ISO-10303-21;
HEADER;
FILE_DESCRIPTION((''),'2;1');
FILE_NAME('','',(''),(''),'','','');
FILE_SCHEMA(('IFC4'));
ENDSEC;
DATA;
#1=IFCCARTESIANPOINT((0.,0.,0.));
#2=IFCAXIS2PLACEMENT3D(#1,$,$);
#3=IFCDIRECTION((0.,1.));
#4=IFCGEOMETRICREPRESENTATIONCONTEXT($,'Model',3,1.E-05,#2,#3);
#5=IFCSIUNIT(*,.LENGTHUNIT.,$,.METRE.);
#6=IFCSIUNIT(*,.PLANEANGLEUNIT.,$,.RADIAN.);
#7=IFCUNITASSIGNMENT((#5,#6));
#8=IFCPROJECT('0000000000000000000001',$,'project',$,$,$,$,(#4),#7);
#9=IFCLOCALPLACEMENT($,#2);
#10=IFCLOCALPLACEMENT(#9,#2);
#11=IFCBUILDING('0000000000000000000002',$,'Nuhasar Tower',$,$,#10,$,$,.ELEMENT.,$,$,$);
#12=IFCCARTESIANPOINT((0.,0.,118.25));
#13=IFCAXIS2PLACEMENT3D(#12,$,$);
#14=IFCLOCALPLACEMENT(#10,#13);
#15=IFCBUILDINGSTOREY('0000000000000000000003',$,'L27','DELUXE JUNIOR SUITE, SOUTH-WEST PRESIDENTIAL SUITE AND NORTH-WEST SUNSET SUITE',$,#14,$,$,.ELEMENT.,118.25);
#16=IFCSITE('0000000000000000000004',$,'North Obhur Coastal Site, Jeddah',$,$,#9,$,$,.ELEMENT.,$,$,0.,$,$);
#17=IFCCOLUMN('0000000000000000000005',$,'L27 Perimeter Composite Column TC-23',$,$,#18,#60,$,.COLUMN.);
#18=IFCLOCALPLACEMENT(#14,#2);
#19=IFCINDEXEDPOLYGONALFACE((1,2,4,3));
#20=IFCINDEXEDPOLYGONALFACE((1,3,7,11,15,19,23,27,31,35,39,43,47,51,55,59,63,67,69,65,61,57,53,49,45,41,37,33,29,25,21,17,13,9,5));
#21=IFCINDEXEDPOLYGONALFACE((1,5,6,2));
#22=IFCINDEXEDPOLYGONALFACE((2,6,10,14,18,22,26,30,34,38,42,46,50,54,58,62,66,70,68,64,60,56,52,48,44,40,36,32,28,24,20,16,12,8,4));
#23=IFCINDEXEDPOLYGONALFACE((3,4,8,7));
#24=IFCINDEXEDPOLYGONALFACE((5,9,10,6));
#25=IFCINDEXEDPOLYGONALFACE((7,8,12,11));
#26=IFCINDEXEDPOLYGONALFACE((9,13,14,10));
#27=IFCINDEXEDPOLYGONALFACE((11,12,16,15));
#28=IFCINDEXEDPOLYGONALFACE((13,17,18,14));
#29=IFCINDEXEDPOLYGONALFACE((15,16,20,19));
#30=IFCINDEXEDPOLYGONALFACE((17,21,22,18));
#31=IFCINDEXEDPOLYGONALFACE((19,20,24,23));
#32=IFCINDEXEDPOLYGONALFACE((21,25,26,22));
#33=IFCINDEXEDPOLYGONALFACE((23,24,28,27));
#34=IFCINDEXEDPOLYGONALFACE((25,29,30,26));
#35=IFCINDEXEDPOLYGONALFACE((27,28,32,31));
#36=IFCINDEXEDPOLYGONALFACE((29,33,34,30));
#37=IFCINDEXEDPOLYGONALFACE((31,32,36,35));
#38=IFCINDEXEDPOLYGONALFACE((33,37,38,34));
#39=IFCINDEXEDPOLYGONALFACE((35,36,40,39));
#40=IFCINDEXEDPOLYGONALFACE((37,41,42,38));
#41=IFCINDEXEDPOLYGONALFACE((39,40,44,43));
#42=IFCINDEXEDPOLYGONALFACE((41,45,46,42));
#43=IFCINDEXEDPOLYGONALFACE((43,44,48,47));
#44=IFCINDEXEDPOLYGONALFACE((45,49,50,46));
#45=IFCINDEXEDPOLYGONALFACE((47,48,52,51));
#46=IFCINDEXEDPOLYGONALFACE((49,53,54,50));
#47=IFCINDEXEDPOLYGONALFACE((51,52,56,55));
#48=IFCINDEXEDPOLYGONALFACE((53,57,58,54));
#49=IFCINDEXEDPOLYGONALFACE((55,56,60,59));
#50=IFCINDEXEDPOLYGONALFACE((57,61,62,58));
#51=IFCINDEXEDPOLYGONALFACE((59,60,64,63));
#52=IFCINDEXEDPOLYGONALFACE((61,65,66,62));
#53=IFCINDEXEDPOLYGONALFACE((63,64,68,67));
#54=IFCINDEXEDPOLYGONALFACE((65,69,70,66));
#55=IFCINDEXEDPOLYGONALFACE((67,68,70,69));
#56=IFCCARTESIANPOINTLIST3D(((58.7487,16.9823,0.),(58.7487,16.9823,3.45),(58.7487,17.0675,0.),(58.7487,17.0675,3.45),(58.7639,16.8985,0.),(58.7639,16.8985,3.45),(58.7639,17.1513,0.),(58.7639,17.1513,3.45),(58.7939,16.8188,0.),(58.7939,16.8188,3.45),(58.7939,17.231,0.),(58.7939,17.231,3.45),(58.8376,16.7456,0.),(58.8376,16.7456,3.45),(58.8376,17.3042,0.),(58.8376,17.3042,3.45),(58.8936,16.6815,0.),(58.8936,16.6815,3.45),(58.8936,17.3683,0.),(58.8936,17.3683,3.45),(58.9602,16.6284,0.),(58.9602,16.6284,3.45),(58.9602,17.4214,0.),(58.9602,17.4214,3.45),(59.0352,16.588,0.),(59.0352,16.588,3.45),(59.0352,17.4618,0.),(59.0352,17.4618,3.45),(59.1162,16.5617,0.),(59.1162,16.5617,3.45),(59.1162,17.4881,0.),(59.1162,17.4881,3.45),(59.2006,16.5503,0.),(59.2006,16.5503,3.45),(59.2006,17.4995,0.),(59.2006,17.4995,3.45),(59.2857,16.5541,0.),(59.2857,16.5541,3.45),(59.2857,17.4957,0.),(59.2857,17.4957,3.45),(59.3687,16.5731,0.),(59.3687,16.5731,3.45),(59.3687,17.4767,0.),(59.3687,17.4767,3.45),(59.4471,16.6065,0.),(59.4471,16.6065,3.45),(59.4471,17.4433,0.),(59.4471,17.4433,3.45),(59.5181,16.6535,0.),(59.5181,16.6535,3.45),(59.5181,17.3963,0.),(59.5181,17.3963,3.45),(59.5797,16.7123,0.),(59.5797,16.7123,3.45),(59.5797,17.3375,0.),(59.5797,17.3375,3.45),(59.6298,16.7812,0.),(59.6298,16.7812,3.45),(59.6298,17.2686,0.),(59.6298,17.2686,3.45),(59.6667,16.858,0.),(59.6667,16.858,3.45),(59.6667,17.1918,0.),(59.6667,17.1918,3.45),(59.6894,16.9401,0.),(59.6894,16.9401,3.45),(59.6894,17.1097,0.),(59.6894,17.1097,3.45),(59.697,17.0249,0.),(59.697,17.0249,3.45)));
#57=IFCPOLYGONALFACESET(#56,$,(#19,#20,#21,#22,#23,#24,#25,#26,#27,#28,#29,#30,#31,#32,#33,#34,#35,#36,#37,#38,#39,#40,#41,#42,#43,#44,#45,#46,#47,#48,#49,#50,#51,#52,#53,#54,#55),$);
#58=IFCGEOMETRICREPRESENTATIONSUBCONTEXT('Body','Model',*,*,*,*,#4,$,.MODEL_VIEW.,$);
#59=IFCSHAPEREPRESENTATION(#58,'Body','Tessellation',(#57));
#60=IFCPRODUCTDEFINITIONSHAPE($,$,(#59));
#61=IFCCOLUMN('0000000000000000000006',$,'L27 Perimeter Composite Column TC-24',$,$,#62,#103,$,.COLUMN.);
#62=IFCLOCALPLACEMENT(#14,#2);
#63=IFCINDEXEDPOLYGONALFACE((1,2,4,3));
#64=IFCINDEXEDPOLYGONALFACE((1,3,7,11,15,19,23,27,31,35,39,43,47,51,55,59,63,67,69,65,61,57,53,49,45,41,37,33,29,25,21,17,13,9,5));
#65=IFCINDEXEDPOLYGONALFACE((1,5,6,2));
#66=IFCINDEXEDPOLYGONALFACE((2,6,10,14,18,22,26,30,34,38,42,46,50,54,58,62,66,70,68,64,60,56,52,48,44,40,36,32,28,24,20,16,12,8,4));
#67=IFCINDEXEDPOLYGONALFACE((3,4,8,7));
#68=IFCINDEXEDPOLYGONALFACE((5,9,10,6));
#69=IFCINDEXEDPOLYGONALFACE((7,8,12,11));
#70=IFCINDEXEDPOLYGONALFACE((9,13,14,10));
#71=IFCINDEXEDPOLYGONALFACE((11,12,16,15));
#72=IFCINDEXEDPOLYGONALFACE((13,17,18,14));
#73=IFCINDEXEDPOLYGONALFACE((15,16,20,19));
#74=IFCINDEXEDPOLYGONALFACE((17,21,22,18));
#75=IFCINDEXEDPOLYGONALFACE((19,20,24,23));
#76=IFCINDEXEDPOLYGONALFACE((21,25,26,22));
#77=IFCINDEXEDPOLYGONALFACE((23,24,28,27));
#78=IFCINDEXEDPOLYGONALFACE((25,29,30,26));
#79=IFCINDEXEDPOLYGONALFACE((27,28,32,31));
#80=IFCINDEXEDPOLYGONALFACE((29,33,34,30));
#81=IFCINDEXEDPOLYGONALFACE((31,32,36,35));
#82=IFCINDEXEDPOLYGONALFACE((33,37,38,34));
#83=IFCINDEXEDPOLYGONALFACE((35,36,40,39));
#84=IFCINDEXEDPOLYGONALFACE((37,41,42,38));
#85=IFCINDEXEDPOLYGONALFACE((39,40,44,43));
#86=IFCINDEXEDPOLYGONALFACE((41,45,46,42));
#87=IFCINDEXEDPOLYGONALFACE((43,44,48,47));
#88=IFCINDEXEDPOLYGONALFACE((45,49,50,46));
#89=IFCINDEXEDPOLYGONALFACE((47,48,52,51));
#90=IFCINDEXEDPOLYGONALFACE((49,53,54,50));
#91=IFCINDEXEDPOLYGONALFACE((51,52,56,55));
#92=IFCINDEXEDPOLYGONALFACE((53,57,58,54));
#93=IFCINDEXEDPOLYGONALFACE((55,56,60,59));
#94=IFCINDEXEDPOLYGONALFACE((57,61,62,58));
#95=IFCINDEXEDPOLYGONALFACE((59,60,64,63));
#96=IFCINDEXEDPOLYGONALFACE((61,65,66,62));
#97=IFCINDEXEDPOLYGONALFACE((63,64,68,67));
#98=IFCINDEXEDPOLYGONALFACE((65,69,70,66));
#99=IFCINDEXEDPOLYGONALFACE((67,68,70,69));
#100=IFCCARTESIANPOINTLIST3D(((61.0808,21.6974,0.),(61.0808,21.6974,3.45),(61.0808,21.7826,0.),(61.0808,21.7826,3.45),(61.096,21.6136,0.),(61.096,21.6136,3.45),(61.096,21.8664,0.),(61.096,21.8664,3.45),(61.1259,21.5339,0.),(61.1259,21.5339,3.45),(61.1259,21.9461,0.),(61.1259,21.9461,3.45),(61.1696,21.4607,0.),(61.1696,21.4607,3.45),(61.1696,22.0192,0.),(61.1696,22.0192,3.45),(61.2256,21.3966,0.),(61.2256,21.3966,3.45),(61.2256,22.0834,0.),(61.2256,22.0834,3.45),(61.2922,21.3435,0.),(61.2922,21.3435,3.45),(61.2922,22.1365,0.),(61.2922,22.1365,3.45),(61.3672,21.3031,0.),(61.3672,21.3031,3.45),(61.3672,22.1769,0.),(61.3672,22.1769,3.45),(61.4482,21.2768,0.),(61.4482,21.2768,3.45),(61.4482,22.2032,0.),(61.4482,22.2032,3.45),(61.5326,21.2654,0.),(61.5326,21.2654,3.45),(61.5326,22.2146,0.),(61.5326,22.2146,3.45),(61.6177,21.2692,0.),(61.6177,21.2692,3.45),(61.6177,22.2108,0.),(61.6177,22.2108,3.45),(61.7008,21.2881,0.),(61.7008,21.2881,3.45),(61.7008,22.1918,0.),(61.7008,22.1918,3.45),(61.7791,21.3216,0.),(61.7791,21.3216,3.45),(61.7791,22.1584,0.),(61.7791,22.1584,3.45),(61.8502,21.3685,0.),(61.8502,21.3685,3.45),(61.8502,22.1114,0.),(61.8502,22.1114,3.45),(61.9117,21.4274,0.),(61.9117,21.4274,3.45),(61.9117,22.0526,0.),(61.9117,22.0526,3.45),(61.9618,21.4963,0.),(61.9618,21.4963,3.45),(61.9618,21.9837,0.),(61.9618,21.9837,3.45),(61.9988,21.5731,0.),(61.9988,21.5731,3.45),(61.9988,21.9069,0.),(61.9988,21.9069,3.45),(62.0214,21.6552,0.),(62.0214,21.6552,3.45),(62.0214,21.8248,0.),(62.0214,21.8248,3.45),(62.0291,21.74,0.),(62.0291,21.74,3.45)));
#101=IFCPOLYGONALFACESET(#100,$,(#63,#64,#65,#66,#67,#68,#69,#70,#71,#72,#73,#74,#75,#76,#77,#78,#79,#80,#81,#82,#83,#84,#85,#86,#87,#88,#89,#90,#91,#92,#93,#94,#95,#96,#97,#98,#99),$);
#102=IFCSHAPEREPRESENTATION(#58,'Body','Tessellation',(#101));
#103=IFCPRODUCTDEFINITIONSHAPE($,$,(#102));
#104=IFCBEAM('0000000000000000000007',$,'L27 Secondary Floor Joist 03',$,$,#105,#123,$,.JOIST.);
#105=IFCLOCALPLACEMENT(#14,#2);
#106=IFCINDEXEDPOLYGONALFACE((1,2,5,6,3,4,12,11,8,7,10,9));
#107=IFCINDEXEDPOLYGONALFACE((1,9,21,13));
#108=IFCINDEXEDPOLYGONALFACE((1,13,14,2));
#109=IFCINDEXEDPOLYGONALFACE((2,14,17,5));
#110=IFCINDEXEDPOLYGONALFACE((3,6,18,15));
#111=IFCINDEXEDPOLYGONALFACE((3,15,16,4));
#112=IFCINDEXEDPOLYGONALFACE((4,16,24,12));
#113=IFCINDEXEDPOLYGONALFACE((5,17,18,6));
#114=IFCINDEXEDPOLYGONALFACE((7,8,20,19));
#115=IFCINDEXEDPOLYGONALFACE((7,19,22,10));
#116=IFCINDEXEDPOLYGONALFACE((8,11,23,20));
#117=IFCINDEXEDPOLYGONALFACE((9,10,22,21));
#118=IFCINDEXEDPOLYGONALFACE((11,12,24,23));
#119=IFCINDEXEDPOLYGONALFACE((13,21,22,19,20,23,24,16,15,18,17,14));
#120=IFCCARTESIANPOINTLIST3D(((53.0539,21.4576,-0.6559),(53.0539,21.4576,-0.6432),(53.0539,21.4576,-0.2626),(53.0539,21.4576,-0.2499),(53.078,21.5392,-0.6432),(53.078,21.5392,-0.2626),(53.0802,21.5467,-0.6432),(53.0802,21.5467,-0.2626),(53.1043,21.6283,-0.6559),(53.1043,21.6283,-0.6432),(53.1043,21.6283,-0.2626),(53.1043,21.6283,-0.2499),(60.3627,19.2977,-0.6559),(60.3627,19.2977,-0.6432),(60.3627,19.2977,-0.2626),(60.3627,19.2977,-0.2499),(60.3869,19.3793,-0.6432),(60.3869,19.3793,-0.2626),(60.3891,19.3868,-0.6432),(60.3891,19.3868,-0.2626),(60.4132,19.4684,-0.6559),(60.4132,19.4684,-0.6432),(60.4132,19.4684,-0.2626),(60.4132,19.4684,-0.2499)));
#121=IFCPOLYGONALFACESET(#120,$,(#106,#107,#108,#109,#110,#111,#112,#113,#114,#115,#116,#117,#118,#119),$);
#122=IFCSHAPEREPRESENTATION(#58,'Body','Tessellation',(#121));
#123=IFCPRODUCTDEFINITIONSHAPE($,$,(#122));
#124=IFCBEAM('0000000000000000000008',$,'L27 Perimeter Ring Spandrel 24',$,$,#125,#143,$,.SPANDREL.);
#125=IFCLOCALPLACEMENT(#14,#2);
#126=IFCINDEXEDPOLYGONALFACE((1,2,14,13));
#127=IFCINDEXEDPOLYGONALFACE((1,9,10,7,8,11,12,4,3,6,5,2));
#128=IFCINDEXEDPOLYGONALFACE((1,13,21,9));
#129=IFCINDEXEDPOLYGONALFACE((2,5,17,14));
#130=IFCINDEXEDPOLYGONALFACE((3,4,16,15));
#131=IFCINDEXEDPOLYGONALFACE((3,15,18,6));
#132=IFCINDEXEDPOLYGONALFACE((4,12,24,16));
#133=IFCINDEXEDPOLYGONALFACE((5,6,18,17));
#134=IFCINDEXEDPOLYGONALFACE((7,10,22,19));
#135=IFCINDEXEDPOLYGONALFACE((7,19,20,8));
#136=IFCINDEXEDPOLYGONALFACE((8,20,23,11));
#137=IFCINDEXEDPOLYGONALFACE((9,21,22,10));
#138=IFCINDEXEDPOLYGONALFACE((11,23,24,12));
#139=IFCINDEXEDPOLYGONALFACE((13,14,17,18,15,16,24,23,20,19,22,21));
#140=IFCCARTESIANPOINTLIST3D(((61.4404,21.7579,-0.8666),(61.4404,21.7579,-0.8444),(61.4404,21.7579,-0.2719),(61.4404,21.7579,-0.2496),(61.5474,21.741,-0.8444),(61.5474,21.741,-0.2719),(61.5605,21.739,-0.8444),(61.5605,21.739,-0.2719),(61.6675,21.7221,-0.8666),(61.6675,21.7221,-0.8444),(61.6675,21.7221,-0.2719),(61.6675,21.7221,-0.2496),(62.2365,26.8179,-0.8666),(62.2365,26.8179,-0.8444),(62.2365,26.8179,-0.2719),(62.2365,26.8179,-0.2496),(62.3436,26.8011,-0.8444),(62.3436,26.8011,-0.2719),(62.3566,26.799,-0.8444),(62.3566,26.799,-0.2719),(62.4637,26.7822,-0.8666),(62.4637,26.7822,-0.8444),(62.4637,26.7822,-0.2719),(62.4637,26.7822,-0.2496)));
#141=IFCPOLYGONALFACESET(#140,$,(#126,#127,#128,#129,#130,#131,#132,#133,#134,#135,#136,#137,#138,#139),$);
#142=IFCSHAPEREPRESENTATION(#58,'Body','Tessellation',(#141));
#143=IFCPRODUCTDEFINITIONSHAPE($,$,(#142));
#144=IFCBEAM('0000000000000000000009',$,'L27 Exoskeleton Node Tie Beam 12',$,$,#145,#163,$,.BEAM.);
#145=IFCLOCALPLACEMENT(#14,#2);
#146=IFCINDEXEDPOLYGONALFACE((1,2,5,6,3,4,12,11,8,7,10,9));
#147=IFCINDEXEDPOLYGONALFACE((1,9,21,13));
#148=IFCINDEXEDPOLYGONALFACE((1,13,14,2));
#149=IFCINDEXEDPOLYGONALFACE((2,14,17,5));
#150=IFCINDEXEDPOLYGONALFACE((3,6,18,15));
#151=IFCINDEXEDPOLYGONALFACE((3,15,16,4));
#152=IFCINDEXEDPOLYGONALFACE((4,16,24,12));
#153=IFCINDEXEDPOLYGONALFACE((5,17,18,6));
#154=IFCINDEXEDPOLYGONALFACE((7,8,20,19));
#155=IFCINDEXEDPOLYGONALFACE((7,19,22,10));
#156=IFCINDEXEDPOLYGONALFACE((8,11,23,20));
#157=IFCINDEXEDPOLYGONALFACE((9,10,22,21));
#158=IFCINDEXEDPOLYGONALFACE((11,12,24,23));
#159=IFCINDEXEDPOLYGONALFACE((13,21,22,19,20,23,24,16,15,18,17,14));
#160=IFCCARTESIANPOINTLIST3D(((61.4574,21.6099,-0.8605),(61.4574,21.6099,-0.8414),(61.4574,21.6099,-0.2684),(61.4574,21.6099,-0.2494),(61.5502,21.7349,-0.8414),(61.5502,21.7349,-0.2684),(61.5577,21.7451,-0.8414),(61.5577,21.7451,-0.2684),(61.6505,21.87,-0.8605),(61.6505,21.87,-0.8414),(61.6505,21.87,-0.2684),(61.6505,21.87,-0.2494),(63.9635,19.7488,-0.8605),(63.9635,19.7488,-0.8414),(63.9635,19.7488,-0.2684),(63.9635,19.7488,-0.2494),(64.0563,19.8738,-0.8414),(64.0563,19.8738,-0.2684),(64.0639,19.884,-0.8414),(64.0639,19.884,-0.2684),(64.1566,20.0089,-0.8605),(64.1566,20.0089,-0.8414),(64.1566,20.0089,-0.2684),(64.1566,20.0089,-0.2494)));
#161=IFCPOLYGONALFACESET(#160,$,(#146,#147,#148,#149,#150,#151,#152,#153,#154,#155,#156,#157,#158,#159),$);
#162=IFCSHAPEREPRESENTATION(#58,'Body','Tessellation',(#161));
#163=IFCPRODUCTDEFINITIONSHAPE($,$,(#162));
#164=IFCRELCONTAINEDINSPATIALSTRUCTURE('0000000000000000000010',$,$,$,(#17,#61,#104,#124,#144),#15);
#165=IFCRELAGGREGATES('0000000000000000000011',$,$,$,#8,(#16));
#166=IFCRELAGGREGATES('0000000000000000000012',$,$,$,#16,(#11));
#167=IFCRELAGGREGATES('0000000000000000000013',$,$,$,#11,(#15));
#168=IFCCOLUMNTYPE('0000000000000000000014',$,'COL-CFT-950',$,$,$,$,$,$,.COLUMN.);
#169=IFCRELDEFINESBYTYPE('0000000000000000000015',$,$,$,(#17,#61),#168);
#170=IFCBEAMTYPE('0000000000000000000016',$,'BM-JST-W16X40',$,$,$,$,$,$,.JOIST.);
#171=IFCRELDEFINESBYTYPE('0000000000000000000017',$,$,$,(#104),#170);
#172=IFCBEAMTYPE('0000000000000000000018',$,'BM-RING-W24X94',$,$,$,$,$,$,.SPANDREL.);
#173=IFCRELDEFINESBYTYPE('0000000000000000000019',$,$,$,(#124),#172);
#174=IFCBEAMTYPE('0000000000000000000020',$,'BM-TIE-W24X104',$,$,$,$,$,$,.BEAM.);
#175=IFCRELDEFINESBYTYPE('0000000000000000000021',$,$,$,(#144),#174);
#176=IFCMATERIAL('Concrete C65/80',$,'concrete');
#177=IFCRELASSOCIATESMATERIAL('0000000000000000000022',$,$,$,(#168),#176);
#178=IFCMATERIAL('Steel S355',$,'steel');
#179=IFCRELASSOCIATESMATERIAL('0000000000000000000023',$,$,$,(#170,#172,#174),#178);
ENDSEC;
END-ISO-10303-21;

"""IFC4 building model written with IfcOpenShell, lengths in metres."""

from ifc_helpers import new_model, si_unit, direction, frame, origin, origin_2d, place, context, subcontext, project, spatial, circle, i_section, extrude, material, material_profile, profile_set, type_object, element, save


model = new_model("IFC4")

# Units and contexts
model_context = context("Model", 3, precision=1e-05, world=origin(), true_north=direction((0.0, 1.0)))
body_context = subcontext(model_context, "Body", "Model", "MODEL_VIEW")
ifc_project = project(units=[si_unit("LENGTHUNIT", "METRE"), si_unit("PLANEANGLEUNIT", "RADIAN")], contexts=[model_context])

# Site, building, storey
site_placement = place(None, origin())
site = spatial("IfcSite", under=ifc_project, at=site_placement, Name="North Obhur Coastal Site, Jeddah", CompositionType="ELEMENT", RefElevation=0.0)
building_placement = place(site_placement, origin())
building = spatial("IfcBuilding", under=site, at=building_placement, Name="Nuhasar Tower", CompositionType="ELEMENT")
storey_placement = place(building_placement, frame((0.0, 0.0, 118.25)))
storey = spatial("IfcBuildingStorey", under=building, at=storey_placement, Name="L27", Description="DELUXE JUNIOR SUITE, SOUTH-WEST PRESIDENTIAL SUITE AND NORTH-WEST SUNSET SUITE", CompositionType="ELEMENT", Elevation=118.25)

# Columns
ifc_material_1 = material(Name="Concrete C65/80", Category="concrete")
ifc_material_profile_1 = material_profile(ifc_material_1, circle(Radius=0.4751, at=origin_2d()), Name="CFT950")
ifc_profile_set_1 = profile_set([ifc_material_profile_1], Name="Concrete C65/80")
column_type = type_object("IfcColumnType", Name="COL-CFT-950", PredefinedType="COLUMN", material=ifc_profile_set_1)
for number, where, z_axis, x_axis, name in (
    (1, (59.2219, 17.0249, 0.0), (0.0, 0.0, 1.0), (1.0, 0.0, 0.0), "L27 Perimeter Composite Column TC-23"),
    (2, (61.554, 21.74, 0.0), (0.0, 0.0, 1.0), (1.0, 0.0, 0.0), "L27 Perimeter Composite Column TC-24"),
):
    element("IfcColumn", number, at=place(storey_placement, frame(where, z_axis=z_axis, x_axis=x_axis)), inside=storey, type_object=column_type, Name=name, PredefinedType="COLUMN", context=body_context, shape_type="SweptSolid", body=[
        extrude(circle(Radius=0.4751, at=origin_2d()), origin(), (0.0, 0.0, 1.0), 3.45),
    ])

# Beams
ifc_material_2 = material(Name="Steel S355", Category="steel")
ifc_material_profile_2 = material_profile(ifc_material_2, i_section(OverallWidth=0.178, OverallDepth=0.406, WebThickness=0.0078, FlangeThickness=0.0127, at=origin_2d()), Name="W16X40")
ifc_profile_set_2 = profile_set([ifc_material_profile_2], Name="Steel S355")
beam_type_1 = type_object("IfcBeamType", Name="BM-JST-W16X40", PredefinedType="JOIST", material=ifc_profile_set_2)
beam_1_placement = place(storey_placement, frame((53.0791, 21.543, -0.4529), z_axis=(0.959, -0.283404, 0.0), x_axis=(0.283404, 0.959, 0.0)))
element("IfcBeam", 3, at=beam_1_placement, inside=storey, type_object=beam_type_1, Name="L27 Secondary Floor Joist 03", PredefinedType="JOIST", context=body_context, shape_type="SweptSolid", body=[
    extrude(i_section(OverallWidth=0.178, OverallDepth=0.406, WebThickness=0.0078, FlangeThickness=0.0127, at=origin_2d()), origin(), (0.0, 0.0, 1.0), 7.6213),
])
ifc_material_profile_3 = material_profile(ifc_material_2, i_section(OverallWidth=0.23, OverallDepth=0.6169, WebThickness=0.0132, FlangeThickness=0.0222, at=origin_2d()), Name="W24X94")
ifc_profile_set_3 = profile_set([ifc_material_profile_3], Name="Steel S355")
beam_type_2 = type_object("IfcBeamType", Name="BM-RING-W24X94", PredefinedType="SPANDREL", material=ifc_profile_set_3)
beam_2_placement = place(storey_placement, frame((61.554, 21.74, -0.5581), z_axis=(0.155427, 0.987847, 0.0), x_axis=(-0.987847, 0.155427, 0.0)))
element("IfcBeam", 4, at=beam_2_placement, inside=storey, type_object=beam_type_2, Name="L27 Perimeter Ring Spandrel 24", PredefinedType="SPANDREL", context=body_context, shape_type="SweptSolid", body=[
    extrude(i_section(OverallWidth=0.23, OverallDepth=0.6169, WebThickness=0.0132, FlangeThickness=0.0222, at=origin_2d()), origin(), (0.0, 0.0, 1.0), 5.1223),
])
ifc_material_profile_4 = material_profile(ifc_material_2, i_section(OverallWidth=0.324, OverallDepth=0.6111, WebThickness=0.0127, FlangeThickness=0.019, at=origin_2d()), Name="W24X104")
ifc_profile_set_4 = profile_set([ifc_material_profile_4], Name="Steel S355")
beam_type_3 = type_object("IfcBeamType", Name="BM-TIE-W24X104", PredefinedType="BEAM", material=ifc_profile_set_4)
beam_3_placement = place(storey_placement, frame((61.554, 21.74, -0.5549), z_axis=(0.802835, -0.596202, 0.0), x_axis=(0.596202, 0.802835, 0.0)))
element("IfcBeam", 5, at=beam_3_placement, inside=storey, type_object=beam_type_3, Name="L27 Exoskeleton Node Tie Beam 12", PredefinedType="BEAM", context=body_context, shape_type="SweptSolid", body=[
    extrude(i_section(OverallWidth=0.324, OverallDepth=0.6111, WebThickness=0.0127, FlangeThickness=0.019, at=origin_2d()), origin(), (0.0, 0.0, 1.0), 3.1216),
])

save(model, "model.ifc")
